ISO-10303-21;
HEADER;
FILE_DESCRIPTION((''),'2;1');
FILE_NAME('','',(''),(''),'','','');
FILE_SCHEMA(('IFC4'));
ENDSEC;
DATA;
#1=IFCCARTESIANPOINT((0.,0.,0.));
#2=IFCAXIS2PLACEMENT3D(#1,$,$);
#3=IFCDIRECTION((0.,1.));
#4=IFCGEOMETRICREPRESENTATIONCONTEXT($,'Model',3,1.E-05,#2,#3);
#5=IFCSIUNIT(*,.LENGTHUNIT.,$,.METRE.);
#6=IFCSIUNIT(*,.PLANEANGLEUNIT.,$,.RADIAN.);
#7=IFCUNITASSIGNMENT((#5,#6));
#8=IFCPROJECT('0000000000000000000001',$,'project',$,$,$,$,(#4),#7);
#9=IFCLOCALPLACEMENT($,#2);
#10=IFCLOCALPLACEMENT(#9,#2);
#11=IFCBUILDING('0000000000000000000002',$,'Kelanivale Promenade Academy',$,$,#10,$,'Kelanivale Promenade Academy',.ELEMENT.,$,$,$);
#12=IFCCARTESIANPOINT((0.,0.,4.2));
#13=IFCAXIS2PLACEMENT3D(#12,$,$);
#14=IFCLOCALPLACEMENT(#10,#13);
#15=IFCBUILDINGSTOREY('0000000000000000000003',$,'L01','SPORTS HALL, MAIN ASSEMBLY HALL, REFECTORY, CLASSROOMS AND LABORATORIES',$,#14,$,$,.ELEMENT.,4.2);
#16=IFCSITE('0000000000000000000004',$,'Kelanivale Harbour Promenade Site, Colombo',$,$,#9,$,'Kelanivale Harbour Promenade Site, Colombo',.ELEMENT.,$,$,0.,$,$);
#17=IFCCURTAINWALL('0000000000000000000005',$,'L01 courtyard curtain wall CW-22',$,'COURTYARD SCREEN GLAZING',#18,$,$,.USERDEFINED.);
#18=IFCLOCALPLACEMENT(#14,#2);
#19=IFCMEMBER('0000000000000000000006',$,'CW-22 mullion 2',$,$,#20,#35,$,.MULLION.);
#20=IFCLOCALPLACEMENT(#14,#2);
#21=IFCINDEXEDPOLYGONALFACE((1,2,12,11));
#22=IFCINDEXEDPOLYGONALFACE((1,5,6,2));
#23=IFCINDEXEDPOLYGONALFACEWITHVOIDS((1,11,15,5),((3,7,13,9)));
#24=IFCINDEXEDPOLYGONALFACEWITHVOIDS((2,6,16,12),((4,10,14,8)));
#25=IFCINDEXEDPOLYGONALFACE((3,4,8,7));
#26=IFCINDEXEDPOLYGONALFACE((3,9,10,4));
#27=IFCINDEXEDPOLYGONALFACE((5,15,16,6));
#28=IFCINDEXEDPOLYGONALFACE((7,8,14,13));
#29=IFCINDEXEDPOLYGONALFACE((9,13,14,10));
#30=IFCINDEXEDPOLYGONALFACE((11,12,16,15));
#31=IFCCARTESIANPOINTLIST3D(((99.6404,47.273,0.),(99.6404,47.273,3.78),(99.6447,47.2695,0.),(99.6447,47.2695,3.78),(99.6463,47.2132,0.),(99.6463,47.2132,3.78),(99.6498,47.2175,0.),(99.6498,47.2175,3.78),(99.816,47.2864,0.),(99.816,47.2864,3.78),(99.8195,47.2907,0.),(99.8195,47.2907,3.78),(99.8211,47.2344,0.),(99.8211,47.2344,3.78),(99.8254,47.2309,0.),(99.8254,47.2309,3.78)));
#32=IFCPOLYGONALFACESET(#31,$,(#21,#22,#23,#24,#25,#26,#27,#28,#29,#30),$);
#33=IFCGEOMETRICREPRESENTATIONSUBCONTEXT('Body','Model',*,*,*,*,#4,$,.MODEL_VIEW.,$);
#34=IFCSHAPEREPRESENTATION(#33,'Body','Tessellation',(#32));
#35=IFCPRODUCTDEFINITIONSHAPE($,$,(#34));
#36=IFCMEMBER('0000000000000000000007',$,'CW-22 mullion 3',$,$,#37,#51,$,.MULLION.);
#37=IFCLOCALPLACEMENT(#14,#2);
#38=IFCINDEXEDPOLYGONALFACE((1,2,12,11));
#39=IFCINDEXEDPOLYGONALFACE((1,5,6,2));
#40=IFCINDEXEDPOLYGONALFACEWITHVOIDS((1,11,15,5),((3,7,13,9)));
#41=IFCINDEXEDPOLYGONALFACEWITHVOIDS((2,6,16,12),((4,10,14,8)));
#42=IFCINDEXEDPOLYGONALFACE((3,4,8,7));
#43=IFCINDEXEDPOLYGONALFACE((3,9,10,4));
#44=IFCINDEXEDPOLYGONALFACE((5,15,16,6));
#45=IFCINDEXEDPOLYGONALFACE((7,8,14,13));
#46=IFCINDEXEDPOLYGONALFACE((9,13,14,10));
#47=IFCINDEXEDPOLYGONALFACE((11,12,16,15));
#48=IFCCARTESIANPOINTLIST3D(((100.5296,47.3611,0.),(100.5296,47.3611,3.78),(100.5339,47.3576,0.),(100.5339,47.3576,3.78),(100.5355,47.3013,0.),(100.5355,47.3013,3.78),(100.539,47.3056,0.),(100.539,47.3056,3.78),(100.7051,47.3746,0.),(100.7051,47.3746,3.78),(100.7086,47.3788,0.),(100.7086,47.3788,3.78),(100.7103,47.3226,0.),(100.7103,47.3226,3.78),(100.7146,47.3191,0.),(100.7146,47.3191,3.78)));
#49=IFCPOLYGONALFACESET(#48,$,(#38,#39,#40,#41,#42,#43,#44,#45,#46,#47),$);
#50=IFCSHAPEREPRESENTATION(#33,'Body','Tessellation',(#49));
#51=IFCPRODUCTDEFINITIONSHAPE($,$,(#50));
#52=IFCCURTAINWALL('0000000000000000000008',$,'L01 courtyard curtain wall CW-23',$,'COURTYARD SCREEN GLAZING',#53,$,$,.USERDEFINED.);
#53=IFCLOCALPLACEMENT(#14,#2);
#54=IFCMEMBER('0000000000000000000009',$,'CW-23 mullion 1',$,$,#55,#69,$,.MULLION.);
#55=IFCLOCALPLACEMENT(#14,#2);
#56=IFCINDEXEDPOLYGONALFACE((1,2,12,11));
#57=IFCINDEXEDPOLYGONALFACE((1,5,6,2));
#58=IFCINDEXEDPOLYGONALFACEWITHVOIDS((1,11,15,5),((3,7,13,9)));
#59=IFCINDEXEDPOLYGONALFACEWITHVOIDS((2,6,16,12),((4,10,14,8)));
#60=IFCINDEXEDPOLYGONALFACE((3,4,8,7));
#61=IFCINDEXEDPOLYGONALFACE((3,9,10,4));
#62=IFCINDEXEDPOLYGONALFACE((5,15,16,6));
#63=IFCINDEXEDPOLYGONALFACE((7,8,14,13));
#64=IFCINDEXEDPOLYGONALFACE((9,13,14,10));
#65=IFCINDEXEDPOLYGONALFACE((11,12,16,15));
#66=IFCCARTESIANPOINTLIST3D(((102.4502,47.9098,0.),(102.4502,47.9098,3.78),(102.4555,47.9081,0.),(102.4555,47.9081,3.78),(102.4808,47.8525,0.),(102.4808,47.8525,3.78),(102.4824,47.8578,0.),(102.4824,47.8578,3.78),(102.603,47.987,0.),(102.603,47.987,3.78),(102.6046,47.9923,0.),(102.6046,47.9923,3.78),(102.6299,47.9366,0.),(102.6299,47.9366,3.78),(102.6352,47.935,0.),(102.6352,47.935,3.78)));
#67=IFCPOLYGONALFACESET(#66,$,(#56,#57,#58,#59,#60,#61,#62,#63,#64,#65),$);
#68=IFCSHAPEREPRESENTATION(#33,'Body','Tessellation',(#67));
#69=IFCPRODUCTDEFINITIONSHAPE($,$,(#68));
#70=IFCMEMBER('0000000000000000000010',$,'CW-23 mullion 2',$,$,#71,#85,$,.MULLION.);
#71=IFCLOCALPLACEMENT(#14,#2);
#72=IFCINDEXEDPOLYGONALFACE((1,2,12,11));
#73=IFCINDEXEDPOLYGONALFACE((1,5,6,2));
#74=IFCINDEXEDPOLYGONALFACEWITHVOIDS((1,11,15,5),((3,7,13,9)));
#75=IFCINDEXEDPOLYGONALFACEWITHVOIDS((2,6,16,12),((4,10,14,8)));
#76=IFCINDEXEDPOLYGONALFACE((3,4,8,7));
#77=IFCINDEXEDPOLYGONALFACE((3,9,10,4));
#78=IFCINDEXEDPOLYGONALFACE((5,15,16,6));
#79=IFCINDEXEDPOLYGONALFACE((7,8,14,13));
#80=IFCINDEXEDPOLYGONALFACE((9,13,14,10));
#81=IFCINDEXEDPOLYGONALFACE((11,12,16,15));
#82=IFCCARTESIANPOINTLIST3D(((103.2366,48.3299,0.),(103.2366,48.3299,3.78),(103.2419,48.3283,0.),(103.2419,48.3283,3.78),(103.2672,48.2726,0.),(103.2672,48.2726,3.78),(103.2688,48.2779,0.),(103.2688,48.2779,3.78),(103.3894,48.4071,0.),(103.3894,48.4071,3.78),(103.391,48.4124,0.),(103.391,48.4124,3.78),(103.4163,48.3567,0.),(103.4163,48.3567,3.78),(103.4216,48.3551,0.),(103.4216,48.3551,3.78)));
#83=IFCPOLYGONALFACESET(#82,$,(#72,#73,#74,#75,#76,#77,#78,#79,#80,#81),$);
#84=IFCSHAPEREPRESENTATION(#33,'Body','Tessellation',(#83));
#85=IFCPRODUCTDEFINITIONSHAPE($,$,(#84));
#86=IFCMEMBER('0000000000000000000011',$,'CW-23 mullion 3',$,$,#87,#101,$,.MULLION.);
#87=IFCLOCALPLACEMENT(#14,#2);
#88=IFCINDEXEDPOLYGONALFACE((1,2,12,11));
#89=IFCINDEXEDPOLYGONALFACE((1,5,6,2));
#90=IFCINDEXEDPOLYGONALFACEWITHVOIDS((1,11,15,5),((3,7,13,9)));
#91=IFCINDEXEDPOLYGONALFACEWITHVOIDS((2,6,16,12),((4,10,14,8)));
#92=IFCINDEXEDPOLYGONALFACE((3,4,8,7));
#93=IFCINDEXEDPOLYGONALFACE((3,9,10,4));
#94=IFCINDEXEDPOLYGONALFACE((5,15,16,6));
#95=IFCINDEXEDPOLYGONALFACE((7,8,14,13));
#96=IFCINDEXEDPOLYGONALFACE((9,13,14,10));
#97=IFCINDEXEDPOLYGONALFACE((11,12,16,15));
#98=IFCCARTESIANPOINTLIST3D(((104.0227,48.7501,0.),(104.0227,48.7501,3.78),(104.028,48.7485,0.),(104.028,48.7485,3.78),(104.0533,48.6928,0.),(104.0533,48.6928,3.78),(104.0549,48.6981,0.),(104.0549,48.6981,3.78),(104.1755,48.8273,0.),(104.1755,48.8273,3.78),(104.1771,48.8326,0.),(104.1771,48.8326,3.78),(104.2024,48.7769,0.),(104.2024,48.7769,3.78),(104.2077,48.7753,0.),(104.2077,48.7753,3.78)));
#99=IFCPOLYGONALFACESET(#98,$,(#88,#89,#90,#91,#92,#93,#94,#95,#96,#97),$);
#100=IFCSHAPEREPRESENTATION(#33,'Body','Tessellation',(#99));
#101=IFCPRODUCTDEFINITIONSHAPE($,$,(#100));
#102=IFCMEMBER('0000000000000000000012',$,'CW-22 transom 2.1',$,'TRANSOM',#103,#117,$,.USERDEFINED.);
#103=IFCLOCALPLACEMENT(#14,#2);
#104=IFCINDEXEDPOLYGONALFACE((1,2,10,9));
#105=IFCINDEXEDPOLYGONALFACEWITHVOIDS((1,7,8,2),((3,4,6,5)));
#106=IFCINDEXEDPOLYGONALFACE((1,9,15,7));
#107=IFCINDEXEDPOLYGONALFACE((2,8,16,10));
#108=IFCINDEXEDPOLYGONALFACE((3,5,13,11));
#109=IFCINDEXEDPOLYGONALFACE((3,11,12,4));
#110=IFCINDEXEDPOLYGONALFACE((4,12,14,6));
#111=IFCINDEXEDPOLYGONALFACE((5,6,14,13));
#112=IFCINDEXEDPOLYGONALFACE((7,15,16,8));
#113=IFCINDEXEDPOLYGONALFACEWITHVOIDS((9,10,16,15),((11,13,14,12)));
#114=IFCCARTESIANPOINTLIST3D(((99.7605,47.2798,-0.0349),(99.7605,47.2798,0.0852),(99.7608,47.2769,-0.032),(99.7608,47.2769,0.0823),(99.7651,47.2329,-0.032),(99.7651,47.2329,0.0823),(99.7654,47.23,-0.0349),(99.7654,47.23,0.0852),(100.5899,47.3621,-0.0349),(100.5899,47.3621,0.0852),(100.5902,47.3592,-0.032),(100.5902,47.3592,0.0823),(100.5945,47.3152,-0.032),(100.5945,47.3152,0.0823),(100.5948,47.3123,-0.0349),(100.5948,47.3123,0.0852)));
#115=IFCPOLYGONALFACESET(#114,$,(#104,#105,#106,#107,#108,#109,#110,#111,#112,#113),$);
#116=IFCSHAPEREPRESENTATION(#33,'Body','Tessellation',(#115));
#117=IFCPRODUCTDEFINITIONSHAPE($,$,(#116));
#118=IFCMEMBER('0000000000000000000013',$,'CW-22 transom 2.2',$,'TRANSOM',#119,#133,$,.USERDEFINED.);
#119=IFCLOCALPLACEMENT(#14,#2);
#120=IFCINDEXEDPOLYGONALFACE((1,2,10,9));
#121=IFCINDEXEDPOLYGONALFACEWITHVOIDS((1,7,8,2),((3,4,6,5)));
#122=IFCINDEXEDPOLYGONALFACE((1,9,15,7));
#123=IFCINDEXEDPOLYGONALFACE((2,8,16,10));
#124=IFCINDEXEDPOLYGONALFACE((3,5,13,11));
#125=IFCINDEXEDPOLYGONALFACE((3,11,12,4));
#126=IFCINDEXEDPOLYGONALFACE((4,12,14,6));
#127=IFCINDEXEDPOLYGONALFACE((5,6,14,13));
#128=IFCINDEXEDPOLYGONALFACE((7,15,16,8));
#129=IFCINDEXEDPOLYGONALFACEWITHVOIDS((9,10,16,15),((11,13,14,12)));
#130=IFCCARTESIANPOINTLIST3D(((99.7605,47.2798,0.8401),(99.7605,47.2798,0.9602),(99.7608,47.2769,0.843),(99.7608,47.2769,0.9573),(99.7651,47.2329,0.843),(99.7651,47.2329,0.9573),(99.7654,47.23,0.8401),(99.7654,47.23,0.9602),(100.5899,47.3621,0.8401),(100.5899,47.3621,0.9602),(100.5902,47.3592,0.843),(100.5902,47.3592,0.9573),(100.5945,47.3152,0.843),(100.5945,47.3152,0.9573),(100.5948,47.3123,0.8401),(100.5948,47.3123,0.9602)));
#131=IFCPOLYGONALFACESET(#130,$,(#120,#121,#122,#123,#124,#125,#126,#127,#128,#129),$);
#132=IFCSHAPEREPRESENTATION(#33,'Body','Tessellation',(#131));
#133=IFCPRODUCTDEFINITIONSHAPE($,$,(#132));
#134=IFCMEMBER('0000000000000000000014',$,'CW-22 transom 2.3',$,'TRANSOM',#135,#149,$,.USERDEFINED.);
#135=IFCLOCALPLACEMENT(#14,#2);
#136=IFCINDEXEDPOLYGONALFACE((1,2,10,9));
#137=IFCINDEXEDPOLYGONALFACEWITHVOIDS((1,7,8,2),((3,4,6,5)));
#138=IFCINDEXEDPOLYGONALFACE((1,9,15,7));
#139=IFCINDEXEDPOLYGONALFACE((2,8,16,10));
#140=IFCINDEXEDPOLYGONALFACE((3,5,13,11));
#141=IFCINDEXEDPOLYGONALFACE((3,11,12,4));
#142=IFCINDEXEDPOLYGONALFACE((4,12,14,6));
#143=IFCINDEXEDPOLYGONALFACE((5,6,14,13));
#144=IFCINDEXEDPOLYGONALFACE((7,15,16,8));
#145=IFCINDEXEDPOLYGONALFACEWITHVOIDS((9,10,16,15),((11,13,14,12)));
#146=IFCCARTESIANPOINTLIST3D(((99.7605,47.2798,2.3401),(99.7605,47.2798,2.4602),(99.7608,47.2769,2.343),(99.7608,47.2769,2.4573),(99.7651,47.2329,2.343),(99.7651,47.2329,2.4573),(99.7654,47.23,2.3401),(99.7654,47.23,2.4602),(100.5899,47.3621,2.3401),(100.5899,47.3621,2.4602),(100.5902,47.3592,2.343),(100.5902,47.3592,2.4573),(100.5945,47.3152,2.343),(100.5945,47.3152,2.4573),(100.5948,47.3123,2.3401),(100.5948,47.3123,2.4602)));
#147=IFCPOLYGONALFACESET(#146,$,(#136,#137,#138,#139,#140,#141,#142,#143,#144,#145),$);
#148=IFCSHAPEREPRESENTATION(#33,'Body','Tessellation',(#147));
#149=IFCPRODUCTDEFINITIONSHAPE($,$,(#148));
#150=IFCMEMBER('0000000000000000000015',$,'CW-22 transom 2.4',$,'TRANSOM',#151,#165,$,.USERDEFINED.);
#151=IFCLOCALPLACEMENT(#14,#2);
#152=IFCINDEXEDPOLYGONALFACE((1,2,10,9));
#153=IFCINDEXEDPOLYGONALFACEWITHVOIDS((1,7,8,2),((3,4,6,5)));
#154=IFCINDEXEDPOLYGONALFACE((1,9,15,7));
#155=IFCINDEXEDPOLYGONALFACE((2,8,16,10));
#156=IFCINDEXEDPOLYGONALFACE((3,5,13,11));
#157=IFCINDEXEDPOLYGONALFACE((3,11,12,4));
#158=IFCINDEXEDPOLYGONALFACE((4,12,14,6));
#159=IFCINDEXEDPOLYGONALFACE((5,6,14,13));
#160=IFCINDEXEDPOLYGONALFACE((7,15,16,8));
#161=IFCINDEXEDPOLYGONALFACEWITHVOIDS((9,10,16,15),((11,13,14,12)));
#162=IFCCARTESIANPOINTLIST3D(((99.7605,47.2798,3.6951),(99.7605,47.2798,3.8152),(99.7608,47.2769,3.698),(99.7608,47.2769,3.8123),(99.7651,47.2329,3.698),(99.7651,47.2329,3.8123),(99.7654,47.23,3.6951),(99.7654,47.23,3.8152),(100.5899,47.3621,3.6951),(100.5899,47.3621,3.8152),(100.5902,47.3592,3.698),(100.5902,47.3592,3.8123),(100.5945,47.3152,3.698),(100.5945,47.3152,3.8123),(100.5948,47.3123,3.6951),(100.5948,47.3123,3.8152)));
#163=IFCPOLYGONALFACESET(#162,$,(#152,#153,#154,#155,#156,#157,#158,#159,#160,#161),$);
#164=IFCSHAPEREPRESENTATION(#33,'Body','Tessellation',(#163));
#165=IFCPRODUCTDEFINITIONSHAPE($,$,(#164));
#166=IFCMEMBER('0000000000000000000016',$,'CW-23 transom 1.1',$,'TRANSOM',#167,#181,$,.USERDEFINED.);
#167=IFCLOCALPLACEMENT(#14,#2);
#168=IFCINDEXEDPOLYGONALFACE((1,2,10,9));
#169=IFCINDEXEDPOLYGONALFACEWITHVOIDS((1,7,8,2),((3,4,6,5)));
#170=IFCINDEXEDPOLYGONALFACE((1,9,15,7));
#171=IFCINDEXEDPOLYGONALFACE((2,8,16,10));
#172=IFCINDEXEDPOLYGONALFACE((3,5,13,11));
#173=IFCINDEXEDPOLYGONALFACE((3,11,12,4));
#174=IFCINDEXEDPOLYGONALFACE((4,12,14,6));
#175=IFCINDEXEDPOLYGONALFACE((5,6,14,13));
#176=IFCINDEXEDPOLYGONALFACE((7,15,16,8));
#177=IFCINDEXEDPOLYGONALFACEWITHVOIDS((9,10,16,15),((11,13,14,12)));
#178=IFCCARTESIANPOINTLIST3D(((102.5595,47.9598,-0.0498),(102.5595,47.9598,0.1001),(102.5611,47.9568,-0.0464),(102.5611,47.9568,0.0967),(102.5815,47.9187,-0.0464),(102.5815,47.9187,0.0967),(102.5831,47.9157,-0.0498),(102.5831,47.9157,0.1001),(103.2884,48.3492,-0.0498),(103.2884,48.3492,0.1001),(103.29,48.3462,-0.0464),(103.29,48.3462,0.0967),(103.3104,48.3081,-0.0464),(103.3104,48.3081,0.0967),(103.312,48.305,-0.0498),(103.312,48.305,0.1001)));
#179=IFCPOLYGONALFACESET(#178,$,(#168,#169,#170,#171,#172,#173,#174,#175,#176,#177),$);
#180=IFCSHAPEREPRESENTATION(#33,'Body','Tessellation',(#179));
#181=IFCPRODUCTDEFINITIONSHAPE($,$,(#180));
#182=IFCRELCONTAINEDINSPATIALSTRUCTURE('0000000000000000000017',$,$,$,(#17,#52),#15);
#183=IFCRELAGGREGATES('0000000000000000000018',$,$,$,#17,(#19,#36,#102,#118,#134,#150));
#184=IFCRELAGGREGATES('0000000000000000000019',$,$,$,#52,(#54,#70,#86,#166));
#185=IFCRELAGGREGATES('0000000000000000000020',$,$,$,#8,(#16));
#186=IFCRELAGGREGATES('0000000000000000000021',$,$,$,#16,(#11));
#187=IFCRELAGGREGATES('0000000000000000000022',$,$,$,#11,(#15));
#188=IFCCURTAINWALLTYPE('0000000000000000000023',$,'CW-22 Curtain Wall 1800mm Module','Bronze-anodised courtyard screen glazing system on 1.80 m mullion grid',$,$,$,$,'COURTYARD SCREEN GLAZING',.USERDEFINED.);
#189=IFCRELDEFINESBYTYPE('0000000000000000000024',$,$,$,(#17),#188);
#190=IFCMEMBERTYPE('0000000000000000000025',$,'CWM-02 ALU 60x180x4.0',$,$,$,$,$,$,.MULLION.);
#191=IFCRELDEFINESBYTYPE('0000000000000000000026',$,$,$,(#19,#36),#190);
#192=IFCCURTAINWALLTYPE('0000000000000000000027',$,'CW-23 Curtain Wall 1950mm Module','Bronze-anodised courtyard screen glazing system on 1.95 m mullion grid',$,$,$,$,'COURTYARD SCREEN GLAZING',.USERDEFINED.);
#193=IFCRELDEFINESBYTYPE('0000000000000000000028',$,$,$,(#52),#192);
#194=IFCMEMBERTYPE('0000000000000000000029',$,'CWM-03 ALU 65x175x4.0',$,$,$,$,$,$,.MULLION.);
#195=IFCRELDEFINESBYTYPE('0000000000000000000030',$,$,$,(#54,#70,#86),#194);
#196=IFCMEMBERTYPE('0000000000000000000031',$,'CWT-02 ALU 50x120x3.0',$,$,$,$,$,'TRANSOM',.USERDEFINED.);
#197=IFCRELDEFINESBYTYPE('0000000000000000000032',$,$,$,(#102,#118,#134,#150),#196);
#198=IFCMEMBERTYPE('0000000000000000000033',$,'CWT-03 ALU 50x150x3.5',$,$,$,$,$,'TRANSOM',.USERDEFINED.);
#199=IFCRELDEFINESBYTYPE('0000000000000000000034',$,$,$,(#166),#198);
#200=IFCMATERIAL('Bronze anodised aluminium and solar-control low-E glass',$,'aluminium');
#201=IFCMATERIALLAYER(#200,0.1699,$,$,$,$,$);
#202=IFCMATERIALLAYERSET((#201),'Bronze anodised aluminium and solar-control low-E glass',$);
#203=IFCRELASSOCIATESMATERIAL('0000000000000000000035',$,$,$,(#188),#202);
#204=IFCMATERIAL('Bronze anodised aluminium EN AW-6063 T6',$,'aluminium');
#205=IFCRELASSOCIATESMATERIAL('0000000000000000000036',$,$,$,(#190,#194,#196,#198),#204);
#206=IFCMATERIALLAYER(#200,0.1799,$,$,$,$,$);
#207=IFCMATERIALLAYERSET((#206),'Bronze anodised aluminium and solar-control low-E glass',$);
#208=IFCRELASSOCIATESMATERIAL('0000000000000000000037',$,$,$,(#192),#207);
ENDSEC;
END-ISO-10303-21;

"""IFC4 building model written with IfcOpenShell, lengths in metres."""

from ifc_helpers import new_model, si_unit, direction, frame, origin, origin_2d, place, context, subcontext, project, spatial, hollow_rectangle, extrude, material, layer, layer_set, material_profile, profile_set, type_object, element, aggregate, save


model = new_model("IFC4")

# Units and contexts
model_context = context("Model", 3, precision=1e-05, world=origin(), true_north=direction((0.0, 1.0)))
body_context = subcontext(model_context, "Body", "Model", "MODEL_VIEW")
ifc_project = project(units=[si_unit("LENGTHUNIT", "METRE"), si_unit("PLANEANGLEUNIT", "RADIAN")], contexts=[model_context])

# Site, building, storey
site_placement = place(None, origin())
site = spatial("IfcSite", under=ifc_project, at=site_placement, Name="Kelanivale Harbour Promenade Site, Colombo", LongName="Kelanivale Harbour Promenade Site, Colombo", CompositionType="ELEMENT", RefElevation=0.0)
building_placement = place(site_placement, origin())
building = spatial("IfcBuilding", under=site, at=building_placement, Name="Kelanivale Promenade Academy", LongName="Kelanivale Promenade Academy", CompositionType="ELEMENT")
storey_placement = place(building_placement, frame((0.0, 0.0, 4.2)))
storey = spatial("IfcBuildingStorey", under=building, at=storey_placement, Name="L01", Description="SPORTS HALL, MAIN ASSEMBLY HALL, REFECTORY, CLASSROOMS AND LABORATORIES", CompositionType="ELEMENT", Elevation=4.2)

# Curtain walls, members
ifc_material_1 = material(Name="Bronze anodised aluminium and solar-control low-E glass", Category="aluminium")
ifc_layer_1 = layer(ifc_material_1, 0.1699)
ifc_layer_set_1 = layer_set([ifc_layer_1], Name="Bronze anodised aluminium and solar-control low-E glass")
curtain_wall_type_1 = type_object("IfcCurtainWallType", Name="CW-22 Curtain Wall 1800mm Module", Description="Bronze-anodised courtyard screen glazing system on 1.80 m mullion grid", ElementType="COURTYARD SCREEN GLAZING", PredefinedType="USERDEFINED", material=ifc_layer_set_1)
curtain_wall_1_placement = place(storey_placement, origin())
curtain_wall_1 = element("IfcCurtainWall", 1, at=curtain_wall_1_placement, inside=storey, type_object=curtain_wall_type_1, Name="L01 courtyard curtain wall CW-22", ObjectType="COURTYARD SCREEN GLAZING", PredefinedType="USERDEFINED")
ifc_material_2 = material(Name="Bronze anodised aluminium EN AW-6063 T6", Category="aluminium")
ifc_material_profile_1 = material_profile(ifc_material_2, hollow_rectangle(XDim=0.0601, YDim=0.1799, WallThickness=0.0039, at=origin_2d()), Name="ALU 60x180x4.0")
ifc_profile_set_1 = profile_set([ifc_material_profile_1], Name="Bronze anodised aluminium EN AW-6063 T6")
member_type_1 = type_object("IfcMemberType", Name="CWM-02 ALU 60x180x4.0", PredefinedType="MULLION", material=ifc_profile_set_1)
member_1_placement = place(storey_placement, frame((99.7329, 47.252, 0.0), z_axis=(0.0, 0.0, 1.0), x_axis=(-0.098539, 0.995133, 0.0)))
member_1 = element("IfcMember", 2, at=member_1_placement, type_object=member_type_1, Name="CW-22 mullion 2", PredefinedType="MULLION", context=body_context, shape_type="SweptSolid", body=[
    extrude(hollow_rectangle(XDim=0.0601, YDim=0.1799, WallThickness=0.0039, at=origin_2d()), origin(), (0.0, 0.0, 1.0), 3.78),
])
member_2_placement = place(storey_placement, frame((100.6221, 47.3401, 0.0), z_axis=(0.0, 0.0, 1.0), x_axis=(-0.098539, 0.995133, 0.0)))
member_2 = element("IfcMember", 3, at=member_2_placement, type_object=member_type_1, Name="CW-22 mullion 3", PredefinedType="MULLION", context=body_context, shape_type="SweptSolid", body=[
    extrude(hollow_rectangle(XDim=0.0601, YDim=0.1799, WallThickness=0.0039, at=origin_2d()), origin(), (0.0, 0.0, 1.0), 3.78),
])
ifc_layer_2 = layer(ifc_material_1, 0.1799)
ifc_layer_set_2 = layer_set([ifc_layer_2], Name="Bronze anodised aluminium and solar-control low-E glass")
curtain_wall_type_2 = type_object("IfcCurtainWallType", Name="CW-23 Curtain Wall 1950mm Module", Description="Bronze-anodised courtyard screen glazing system on 1.95 m mullion grid", ElementType="COURTYARD SCREEN GLAZING", PredefinedType="USERDEFINED", material=ifc_layer_set_2)
curtain_wall_2_placement = place(storey_placement, origin())
curtain_wall_2 = element("IfcCurtainWall", 4, at=curtain_wall_2_placement, inside=storey, type_object=curtain_wall_type_2, Name="L01 courtyard curtain wall CW-23", ObjectType="COURTYARD SCREEN GLAZING", PredefinedType="USERDEFINED")
ifc_material_profile_2 = material_profile(ifc_material_2, hollow_rectangle(XDim=0.0649, YDim=0.175, WallThickness=0.0039, at=origin_2d()), Name="ALU 65x175x4.0")
ifc_profile_set_2 = profile_set([ifc_material_profile_2], Name="Bronze anodised aluminium EN AW-6063 T6")
member_type_2 = type_object("IfcMemberType", Name="CWM-03 ALU 65x175x4.0", PredefinedType="MULLION", material=ifc_profile_set_2)
member_3_placement = place(storey_placement, frame((102.5427, 47.9224, 0.0), z_axis=(0.0, 0.0, 1.0), x_axis=(-0.47129, 0.881978, 0.0)))
member_3 = element("IfcMember", 5, at=member_3_placement, type_object=member_type_2, Name="CW-23 mullion 1", PredefinedType="MULLION", context=body_context, shape_type="SweptSolid", body=[
    extrude(hollow_rectangle(XDim=0.0649, YDim=0.175, WallThickness=0.0039, at=origin_2d()), origin(), (0.0, 0.0, 1.0), 3.78),
])
member_4_placement = place(storey_placement, frame((103.3291, 48.3425, 0.0), z_axis=(0.0, 0.0, 1.0), x_axis=(-0.47129, 0.881978, 0.0)))
member_4 = element("IfcMember", 6, at=member_4_placement, type_object=member_type_2, Name="CW-23 mullion 2", PredefinedType="MULLION", context=body_context, shape_type="SweptSolid", body=[
    extrude(hollow_rectangle(XDim=0.0649, YDim=0.175, WallThickness=0.0039, at=origin_2d()), origin(), (0.0, 0.0, 1.0), 3.78),
])
member_5_placement = place(storey_placement, frame((104.1152, 48.7627, 0.0), z_axis=(0.0, 0.0, 1.0), x_axis=(-0.47129, 0.881978, 0.0)))
member_5 = element("IfcMember", 7, at=member_5_placement, type_object=member_type_2, Name="CW-23 mullion 3", PredefinedType="MULLION", context=body_context, shape_type="SweptSolid", body=[
    extrude(hollow_rectangle(XDim=0.0649, YDim=0.175, WallThickness=0.0039, at=origin_2d()), origin(), (0.0, 0.0, 1.0), 3.78),
])

# Members
ifc_material_profile_3 = material_profile(ifc_material_2, hollow_rectangle(XDim=0.05, YDim=0.1201, WallThickness=0.0029, at=origin_2d()), Name="ALU 50x120x3.0")
ifc_profile_set_3 = profile_set([ifc_material_profile_3], Name="Bronze anodised aluminium EN AW-6063 T6")
member_type_3 = type_object("IfcMemberType", Name="CWT-02 ALU 50x120x3.0", ElementType="TRANSOM", PredefinedType="USERDEFINED", material=ifc_profile_set_3)
member_6_placement = place(storey_placement, frame((99.7629, 47.2549, 0.0251), z_axis=(0.995115, 0.098721, 0.0), x_axis=(-0.098721, 0.995115, 0.0)))
member_6 = element("IfcMember", 8, at=member_6_placement, type_object=member_type_3, Name="CW-22 transom 2.1", ObjectType="TRANSOM", PredefinedType="USERDEFINED", context=body_context, shape_type="SweptSolid", body=[
    extrude(hollow_rectangle(XDim=0.05, YDim=0.1201, WallThickness=0.0029, at=origin_2d()), origin(), (0.0, 0.0, 1.0), 0.8335),
])
member_7_placement = place(storey_placement, frame((99.7629, 47.2549, 0.9001), z_axis=(0.995115, 0.098721, 0.0), x_axis=(-0.098721, 0.995115, 0.0)))
member_7 = element("IfcMember", 9, at=member_7_placement, type_object=member_type_3, Name="CW-22 transom 2.2", ObjectType="TRANSOM", PredefinedType="USERDEFINED", context=body_context, shape_type="SweptSolid", body=[
    extrude(hollow_rectangle(XDim=0.05, YDim=0.1201, WallThickness=0.0029, at=origin_2d()), origin(), (0.0, 0.0, 1.0), 0.8335),
])
member_8_placement = place(storey_placement, frame((99.7629, 47.2549, 2.4001), z_axis=(0.995115, 0.098721, 0.0), x_axis=(-0.098721, 0.995115, 0.0)))
member_8 = element("IfcMember", 10, at=member_8_placement, type_object=member_type_3, Name="CW-22 transom 2.3", ObjectType="TRANSOM", PredefinedType="USERDEFINED", context=body_context, shape_type="SweptSolid", body=[
    extrude(hollow_rectangle(XDim=0.05, YDim=0.1201, WallThickness=0.0029, at=origin_2d()), origin(), (0.0, 0.0, 1.0), 0.8335),
])
member_9_placement = place(storey_placement, frame((99.7629, 47.2549, 3.7551), z_axis=(0.995115, 0.098721, 0.0), x_axis=(-0.098721, 0.995115, 0.0)))
member_9 = element("IfcMember", 11, at=member_9_placement, type_object=member_type_3, Name="CW-22 transom 2.4", ObjectType="TRANSOM", PredefinedType="USERDEFINED", context=body_context, shape_type="SweptSolid", body=[
    extrude(hollow_rectangle(XDim=0.05, YDim=0.1201, WallThickness=0.0029, at=origin_2d()), origin(), (0.0, 0.0, 1.0), 0.8335),
])
ifc_material_profile_4 = material_profile(ifc_material_2, hollow_rectangle(XDim=0.05, YDim=0.1499, WallThickness=0.0034, at=origin_2d()), Name="ALU 50x150x3.5")
ifc_profile_set_4 = profile_set([ifc_material_profile_4], Name="Bronze anodised aluminium EN AW-6063 T6")
member_type_4 = type_object("IfcMemberType", Name="CWT-03 ALU 50x150x3.5", ElementType="TRANSOM", PredefinedType="USERDEFINED", material=ifc_profile_set_4)
member_10_placement = place(storey_placement, frame((102.5713, 47.9377, 0.0251), z_axis=(0.88205, 0.471155, 0.0), x_axis=(-0.471155, 0.88205, 0.0)))
member_10 = element("IfcMember", 12, at=member_10_placement, type_object=member_type_4, Name="CW-23 transom 1.1", ObjectType="TRANSOM", PredefinedType="USERDEFINED", context=body_context, shape_type="SweptSolid", body=[
    extrude(hollow_rectangle(XDim=0.05, YDim=0.1499, WallThickness=0.0034, at=origin_2d()), origin(), (0.0, 0.0, 1.0), 0.8264),
])

aggregate(curtain_wall_1, [member_1, member_2, member_6, member_7, member_8, member_9])
aggregate(curtain_wall_2, [member_3, member_4, member_5, member_10])

save(model, "model.ifc")
